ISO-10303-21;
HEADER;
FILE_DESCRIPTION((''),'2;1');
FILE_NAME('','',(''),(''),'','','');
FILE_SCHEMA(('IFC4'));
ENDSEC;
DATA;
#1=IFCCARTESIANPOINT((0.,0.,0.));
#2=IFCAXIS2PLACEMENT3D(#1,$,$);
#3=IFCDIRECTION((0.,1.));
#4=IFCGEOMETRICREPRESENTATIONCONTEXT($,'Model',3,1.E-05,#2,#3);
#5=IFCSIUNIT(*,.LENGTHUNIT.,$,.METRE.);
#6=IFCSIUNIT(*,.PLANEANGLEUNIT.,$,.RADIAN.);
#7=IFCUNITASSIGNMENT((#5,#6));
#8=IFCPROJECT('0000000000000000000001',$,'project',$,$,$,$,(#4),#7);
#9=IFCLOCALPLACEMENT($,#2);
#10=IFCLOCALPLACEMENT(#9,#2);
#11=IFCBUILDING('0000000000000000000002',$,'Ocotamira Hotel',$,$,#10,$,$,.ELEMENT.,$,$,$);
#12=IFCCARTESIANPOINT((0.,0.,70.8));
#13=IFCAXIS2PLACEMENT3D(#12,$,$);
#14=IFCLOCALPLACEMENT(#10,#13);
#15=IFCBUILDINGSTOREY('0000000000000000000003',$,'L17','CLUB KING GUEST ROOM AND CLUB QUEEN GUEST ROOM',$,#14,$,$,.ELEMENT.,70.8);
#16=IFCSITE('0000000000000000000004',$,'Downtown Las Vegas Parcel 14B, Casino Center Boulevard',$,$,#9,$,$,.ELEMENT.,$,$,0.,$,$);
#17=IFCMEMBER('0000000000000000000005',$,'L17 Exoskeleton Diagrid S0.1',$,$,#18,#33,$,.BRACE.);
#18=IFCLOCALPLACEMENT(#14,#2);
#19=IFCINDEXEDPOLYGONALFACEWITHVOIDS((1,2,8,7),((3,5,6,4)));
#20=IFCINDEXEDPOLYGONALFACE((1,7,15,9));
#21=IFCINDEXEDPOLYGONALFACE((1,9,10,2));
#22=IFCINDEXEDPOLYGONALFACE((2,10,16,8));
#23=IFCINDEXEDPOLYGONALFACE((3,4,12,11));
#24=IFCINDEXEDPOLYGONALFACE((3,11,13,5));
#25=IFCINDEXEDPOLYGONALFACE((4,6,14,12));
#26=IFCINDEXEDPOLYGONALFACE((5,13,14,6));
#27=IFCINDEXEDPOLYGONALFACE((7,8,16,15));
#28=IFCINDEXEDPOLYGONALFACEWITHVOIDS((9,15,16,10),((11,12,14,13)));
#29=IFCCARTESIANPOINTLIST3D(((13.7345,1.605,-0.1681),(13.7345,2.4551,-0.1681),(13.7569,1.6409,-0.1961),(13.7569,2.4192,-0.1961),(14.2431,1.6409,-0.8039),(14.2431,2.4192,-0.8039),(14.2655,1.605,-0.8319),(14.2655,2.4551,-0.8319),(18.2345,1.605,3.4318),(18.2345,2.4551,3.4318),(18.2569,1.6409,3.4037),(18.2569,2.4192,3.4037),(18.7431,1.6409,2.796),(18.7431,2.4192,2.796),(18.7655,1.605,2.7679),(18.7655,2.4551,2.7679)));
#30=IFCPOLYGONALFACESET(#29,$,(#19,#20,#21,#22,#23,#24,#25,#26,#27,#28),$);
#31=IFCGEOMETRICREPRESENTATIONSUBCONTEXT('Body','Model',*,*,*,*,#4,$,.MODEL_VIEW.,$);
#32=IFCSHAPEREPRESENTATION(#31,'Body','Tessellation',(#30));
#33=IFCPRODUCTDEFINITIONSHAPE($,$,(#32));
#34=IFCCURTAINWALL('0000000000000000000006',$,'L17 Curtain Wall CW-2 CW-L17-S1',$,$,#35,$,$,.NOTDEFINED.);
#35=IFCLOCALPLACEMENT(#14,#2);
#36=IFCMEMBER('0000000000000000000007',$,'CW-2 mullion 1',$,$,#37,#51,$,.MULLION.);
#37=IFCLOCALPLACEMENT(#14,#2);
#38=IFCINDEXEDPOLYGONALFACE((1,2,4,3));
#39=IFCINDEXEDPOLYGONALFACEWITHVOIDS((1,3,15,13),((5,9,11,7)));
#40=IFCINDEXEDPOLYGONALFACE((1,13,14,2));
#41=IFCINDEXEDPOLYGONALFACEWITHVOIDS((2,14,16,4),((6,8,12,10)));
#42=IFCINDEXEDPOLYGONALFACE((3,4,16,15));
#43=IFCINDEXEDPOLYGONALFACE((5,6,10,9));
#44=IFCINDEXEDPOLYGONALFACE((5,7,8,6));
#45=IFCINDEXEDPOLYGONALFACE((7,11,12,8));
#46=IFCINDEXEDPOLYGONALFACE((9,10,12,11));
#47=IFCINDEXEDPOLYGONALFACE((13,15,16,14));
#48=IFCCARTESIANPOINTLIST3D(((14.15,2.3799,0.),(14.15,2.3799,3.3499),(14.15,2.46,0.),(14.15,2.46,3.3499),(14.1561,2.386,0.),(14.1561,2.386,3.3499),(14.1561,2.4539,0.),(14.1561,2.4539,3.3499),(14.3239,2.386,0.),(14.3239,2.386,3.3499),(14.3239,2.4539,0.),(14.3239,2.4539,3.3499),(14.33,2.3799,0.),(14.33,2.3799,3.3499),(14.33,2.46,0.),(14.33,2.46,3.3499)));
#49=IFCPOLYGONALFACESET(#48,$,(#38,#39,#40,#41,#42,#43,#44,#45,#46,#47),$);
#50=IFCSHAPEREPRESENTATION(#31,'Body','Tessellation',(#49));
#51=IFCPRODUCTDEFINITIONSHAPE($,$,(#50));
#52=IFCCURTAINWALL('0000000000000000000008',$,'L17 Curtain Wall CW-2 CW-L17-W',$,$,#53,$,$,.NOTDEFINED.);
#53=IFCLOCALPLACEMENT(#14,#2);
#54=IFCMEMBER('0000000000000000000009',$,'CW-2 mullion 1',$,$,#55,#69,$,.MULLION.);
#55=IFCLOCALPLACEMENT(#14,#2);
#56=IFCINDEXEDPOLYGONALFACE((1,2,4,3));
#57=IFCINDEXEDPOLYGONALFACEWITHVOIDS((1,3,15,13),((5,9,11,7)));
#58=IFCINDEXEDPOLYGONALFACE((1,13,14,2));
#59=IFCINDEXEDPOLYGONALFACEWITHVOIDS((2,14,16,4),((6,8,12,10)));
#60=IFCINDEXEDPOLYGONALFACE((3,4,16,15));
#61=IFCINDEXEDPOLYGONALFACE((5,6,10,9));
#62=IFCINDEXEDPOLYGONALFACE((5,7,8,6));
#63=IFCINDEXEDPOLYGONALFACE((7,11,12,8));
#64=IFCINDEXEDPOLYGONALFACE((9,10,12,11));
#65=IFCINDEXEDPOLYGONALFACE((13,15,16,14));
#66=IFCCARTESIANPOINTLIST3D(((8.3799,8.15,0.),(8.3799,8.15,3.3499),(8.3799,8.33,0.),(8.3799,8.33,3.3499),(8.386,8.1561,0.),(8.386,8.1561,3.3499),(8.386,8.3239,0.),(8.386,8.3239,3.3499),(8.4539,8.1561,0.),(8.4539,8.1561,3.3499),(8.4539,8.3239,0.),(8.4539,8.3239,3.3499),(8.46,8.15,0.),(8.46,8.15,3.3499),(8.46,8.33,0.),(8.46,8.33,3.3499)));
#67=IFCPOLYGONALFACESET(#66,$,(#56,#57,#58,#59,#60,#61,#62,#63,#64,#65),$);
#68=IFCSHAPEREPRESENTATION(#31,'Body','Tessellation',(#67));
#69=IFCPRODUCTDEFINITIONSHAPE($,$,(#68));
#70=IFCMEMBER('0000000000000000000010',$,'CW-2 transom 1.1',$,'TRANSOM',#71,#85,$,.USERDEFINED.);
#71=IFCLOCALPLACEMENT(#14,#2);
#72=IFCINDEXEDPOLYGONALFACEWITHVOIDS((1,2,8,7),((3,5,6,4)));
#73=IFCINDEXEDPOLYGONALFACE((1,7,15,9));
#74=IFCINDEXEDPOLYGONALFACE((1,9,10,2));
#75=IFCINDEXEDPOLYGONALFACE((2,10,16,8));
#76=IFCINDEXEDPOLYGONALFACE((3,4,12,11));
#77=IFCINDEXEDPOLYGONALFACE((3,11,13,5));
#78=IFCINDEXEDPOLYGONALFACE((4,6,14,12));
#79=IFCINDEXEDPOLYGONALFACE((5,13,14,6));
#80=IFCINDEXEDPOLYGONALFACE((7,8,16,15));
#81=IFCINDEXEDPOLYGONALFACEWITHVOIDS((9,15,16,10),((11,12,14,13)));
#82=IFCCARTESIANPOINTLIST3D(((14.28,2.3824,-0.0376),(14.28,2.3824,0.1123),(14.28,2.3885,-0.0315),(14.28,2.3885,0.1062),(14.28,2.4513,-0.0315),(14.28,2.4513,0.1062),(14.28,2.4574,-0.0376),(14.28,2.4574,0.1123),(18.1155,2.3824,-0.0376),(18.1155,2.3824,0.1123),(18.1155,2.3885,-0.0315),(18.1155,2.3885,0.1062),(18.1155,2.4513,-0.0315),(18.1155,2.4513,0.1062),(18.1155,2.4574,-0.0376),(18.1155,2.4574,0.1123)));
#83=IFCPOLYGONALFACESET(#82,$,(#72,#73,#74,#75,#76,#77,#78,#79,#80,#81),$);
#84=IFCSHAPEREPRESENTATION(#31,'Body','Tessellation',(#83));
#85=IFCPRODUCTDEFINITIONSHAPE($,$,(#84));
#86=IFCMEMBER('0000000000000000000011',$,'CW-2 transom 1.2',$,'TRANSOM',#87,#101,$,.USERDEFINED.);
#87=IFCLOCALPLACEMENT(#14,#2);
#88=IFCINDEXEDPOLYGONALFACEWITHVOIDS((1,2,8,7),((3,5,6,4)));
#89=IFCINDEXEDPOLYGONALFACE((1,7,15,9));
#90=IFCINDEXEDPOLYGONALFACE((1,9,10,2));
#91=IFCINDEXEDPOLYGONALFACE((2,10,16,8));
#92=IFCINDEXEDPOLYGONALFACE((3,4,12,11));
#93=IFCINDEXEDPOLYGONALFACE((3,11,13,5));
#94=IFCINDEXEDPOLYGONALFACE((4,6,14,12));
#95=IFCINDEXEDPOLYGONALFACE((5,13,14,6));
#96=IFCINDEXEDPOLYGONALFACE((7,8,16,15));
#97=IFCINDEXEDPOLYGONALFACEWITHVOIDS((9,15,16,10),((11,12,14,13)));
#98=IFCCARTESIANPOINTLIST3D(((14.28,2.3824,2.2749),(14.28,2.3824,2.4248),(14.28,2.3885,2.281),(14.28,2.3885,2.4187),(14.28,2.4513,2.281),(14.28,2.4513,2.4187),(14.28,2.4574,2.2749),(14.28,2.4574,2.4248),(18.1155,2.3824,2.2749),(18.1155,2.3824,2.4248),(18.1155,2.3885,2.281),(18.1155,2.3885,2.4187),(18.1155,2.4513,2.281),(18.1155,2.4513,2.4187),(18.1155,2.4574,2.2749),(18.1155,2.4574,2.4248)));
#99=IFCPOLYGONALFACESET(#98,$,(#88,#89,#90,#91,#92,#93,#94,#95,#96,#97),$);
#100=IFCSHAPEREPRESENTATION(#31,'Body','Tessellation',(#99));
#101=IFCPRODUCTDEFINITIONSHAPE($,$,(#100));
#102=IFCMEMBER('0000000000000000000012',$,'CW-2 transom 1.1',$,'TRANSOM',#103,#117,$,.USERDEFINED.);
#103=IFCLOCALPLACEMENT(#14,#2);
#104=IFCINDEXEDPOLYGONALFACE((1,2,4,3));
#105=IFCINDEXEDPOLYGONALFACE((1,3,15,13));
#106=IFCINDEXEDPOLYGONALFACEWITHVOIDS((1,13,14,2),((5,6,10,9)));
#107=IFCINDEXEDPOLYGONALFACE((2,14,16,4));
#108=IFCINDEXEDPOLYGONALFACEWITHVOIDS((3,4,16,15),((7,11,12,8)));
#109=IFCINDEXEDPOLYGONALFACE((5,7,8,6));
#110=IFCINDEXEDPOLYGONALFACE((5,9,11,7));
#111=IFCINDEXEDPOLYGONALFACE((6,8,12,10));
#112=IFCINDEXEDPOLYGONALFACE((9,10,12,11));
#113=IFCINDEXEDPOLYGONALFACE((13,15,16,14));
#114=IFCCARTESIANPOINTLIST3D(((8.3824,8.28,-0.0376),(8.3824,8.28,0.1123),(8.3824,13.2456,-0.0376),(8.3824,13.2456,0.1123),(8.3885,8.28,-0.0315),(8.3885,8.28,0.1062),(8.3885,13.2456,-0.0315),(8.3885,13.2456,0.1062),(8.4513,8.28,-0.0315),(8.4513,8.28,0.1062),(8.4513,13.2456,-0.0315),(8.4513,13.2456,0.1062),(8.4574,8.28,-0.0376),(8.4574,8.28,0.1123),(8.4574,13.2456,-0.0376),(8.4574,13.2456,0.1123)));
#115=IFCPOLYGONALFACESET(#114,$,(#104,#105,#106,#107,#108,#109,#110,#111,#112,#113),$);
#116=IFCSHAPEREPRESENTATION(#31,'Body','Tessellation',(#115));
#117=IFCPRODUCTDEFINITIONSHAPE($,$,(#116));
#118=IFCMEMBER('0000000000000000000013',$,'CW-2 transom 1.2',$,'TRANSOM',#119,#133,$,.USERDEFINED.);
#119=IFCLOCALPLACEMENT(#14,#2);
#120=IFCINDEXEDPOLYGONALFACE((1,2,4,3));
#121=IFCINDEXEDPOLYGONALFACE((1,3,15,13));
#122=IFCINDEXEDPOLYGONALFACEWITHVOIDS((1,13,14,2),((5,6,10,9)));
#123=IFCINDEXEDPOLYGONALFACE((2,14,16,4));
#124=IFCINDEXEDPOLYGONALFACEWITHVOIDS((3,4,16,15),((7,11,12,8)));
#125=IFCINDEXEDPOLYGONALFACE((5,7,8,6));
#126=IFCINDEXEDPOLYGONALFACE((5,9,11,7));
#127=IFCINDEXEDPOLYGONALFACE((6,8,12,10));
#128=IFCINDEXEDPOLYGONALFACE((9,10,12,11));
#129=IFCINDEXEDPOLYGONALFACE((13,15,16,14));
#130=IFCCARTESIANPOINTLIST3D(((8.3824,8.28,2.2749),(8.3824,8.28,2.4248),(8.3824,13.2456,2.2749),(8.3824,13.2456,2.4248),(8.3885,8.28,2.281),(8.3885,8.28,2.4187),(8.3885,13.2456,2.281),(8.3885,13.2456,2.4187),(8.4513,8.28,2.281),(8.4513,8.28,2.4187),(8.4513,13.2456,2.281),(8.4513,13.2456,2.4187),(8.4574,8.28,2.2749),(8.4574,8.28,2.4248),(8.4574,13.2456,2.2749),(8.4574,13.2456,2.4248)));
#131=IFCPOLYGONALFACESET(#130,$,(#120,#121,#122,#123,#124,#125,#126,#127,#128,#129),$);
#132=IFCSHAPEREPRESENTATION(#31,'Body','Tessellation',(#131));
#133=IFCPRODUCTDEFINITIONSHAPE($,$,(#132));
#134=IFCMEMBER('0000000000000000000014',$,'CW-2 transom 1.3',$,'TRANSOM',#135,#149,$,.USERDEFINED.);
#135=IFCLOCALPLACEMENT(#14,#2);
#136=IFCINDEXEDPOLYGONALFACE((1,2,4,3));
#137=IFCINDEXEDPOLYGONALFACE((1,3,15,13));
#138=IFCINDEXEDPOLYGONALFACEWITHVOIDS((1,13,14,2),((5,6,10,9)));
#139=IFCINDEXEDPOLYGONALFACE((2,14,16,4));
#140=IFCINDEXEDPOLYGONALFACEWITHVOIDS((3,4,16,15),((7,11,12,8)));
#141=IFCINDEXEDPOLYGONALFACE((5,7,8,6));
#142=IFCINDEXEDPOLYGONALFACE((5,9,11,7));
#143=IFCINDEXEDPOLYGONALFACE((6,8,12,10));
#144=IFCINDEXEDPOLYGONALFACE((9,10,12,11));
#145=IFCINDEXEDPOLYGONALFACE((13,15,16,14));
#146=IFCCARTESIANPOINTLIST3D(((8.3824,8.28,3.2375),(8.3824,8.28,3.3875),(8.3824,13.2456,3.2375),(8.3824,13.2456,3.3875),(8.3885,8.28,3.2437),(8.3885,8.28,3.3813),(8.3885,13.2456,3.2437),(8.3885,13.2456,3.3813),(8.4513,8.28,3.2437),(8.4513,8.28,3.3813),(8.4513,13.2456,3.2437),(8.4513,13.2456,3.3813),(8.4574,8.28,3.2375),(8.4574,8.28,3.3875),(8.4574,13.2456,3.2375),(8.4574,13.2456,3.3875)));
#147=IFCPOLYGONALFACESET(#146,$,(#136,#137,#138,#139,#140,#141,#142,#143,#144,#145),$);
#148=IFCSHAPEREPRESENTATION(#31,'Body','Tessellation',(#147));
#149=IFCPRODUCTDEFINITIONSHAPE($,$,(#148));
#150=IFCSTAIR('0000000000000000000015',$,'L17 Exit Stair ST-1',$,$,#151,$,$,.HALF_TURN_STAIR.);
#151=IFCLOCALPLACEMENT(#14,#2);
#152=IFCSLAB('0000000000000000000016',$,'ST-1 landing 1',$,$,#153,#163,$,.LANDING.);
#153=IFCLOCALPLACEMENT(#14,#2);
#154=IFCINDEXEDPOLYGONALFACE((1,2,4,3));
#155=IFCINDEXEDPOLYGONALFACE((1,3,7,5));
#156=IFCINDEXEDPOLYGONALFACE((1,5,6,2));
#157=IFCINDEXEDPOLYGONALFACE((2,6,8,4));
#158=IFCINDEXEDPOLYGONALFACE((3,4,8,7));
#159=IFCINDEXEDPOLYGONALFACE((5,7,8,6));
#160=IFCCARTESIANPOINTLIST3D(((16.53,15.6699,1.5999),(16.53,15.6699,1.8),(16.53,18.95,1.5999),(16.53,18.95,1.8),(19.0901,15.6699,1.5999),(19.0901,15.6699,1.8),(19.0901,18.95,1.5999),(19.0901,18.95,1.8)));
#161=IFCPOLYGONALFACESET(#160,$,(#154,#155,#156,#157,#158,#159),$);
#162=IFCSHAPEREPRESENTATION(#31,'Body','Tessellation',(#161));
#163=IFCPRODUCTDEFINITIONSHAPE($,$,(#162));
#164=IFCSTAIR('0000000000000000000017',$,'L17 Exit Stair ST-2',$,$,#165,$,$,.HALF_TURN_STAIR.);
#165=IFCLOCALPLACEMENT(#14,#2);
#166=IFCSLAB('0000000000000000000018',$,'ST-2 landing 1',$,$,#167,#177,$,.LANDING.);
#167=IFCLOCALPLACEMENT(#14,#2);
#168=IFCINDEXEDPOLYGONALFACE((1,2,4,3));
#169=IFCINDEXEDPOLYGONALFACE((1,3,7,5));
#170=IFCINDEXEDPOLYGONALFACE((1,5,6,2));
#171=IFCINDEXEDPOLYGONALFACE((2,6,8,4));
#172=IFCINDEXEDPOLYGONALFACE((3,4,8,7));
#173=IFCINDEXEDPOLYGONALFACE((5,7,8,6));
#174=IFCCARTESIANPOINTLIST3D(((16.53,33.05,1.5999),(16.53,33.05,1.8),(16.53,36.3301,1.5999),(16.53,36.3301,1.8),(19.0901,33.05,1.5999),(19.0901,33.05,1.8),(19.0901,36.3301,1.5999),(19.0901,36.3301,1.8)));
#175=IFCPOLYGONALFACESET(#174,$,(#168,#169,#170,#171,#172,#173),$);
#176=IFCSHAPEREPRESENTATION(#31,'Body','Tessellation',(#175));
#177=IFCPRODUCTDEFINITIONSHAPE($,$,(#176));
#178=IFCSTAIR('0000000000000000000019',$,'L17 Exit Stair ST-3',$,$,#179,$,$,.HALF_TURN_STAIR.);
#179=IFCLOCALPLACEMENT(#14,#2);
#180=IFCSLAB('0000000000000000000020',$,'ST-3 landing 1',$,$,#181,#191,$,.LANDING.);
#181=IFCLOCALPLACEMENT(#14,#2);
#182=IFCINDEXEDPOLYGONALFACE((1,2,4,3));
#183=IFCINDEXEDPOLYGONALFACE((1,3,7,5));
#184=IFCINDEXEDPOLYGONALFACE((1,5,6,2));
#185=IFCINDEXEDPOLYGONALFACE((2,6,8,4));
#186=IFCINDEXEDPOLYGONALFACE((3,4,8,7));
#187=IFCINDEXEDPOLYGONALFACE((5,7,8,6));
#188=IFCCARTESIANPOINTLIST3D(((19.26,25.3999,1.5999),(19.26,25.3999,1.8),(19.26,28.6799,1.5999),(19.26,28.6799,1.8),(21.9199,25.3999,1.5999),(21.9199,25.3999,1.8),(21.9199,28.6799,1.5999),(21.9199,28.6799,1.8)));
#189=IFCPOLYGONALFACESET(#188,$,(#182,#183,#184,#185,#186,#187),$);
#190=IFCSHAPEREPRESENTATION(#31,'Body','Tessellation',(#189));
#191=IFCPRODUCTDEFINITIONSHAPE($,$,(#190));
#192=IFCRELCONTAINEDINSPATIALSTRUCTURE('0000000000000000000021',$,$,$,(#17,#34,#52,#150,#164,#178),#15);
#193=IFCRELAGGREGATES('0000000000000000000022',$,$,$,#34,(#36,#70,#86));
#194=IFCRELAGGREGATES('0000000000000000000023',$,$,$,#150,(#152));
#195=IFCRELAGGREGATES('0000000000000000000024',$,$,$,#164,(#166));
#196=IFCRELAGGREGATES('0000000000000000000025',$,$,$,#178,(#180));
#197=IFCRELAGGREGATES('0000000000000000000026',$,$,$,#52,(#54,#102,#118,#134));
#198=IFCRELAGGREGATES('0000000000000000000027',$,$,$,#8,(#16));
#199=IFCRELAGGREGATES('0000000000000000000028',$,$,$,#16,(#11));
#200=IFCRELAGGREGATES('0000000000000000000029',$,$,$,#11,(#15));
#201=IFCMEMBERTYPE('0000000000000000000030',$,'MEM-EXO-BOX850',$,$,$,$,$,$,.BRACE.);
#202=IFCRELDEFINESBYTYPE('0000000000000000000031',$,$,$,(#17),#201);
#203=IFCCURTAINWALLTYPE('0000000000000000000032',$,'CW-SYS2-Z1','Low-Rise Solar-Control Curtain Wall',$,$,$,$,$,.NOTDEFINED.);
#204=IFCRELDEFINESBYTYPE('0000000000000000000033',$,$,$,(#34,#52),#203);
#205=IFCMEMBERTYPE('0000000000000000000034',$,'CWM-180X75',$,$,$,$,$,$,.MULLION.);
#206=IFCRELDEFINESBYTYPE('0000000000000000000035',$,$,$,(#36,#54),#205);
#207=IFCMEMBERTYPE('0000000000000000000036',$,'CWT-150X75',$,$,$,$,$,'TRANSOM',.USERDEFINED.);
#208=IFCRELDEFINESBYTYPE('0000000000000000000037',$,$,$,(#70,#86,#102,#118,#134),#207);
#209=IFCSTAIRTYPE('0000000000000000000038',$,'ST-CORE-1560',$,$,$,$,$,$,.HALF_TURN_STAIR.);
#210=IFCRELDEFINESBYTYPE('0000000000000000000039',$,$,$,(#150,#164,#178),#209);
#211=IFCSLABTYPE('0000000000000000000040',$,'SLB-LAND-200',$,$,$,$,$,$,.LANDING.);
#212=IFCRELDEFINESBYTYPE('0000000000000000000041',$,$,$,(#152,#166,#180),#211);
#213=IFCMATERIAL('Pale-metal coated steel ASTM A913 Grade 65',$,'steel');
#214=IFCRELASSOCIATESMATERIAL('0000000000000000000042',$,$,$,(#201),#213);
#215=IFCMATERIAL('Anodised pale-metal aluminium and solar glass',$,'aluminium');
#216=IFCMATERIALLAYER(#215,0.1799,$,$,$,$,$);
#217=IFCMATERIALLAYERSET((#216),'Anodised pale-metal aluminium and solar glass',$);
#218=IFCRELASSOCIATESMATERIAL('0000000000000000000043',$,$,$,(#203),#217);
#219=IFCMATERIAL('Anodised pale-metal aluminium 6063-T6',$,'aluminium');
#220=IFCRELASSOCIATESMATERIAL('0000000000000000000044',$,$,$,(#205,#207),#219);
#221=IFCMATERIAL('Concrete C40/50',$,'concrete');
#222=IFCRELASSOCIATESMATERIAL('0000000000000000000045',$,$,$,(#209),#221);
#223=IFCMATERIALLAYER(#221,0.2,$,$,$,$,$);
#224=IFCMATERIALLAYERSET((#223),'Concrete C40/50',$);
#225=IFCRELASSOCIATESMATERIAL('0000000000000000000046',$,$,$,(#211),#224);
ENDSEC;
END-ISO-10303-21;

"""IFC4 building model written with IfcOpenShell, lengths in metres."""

from ifc_helpers import new_model, si_unit, direction, frame, origin, origin_2d, place, context, subcontext, project, spatial, polyline, hollow_rectangle, outline, extrude, source, transform, mapped, material, layer, layer_set, material_profile, profile_set, type_object, element, aggregate, save


model = new_model("IFC4")

# Units and contexts
model_context = context("Model", 3, precision=1e-05, world=origin(), true_north=direction((0.0, 1.0)))
body_context = subcontext(model_context, "Body", "Model", "MODEL_VIEW")
ifc_project = project(units=[si_unit("LENGTHUNIT", "METRE"), si_unit("PLANEANGLEUNIT", "RADIAN")], contexts=[model_context])

# Site, building, storey
site_placement = place(None, origin())
site = spatial("IfcSite", under=ifc_project, at=site_placement, Name="Downtown Las Vegas Parcel 14B, Casino Center Boulevard", CompositionType="ELEMENT", RefElevation=0.0)
building_placement = place(site_placement, origin())
building = spatial("IfcBuilding", under=site, at=building_placement, Name="Ocotamira Hotel", CompositionType="ELEMENT")
storey_placement = place(building_placement, frame((0.0, 0.0, 70.8)))
storey = spatial("IfcBuildingStorey", under=building, at=storey_placement, Name="L17", Description="CLUB KING GUEST ROOM AND CLUB QUEEN GUEST ROOM", CompositionType="ELEMENT", Elevation=70.8)

# Member
ifc_material_1 = material(Name="Pale-metal coated steel ASTM A913 Grade 65", Category="steel")
ifc_material_profile_1 = material_profile(ifc_material_1, hollow_rectangle(XDim=0.8501, YDim=0.8501, WallThickness=0.0359, at=origin_2d()), Name="BOX850X850X36")
ifc_profile_set_1 = profile_set([ifc_material_profile_1], Name="Pale-metal coated steel ASTM A913 Grade 65")
member_type_1 = type_object("IfcMemberType", Name="MEM-EXO-BOX850", PredefinedType="BRACE", material=ifc_profile_set_1)
shared_shape_1 = source(origin(), body_context, "Body", "SweptSolid", [
    extrude(hollow_rectangle(XDim=0.8501, YDim=0.8501, WallThickness=0.0359, at=origin_2d()), origin(), (0.0, 0.0, 1.0), 5.7627),
])
member_1_placement = place(storey_placement, frame((14.0, 2.03, -0.5), z_axis=(0.780881, 0.0, 0.62468), x_axis=(0.0, 1.0, 0.0)))
element("IfcMember", 1, at=member_1_placement, inside=storey, type_object=member_type_1, Name="L17 Exoskeleton Diagrid S0.1", PredefinedType="BRACE", context=body_context, shape_type="MappedRepresentation", body=[
    mapped(shared_shape_1, transform((0.0, 0.0, 0.0), scale=1.0)),
])

# Curtain walls, members
ifc_material_2 = material(Name="Anodised pale-metal aluminium and solar glass", Category="aluminium")
ifc_layer_1 = layer(ifc_material_2, 0.1799)
ifc_layer_set_1 = layer_set([ifc_layer_1], Name="Anodised pale-metal aluminium and solar glass")
curtain_wall_type = type_object("IfcCurtainWallType", Name="CW-SYS2-Z1", Description="Low-Rise Solar-Control Curtain Wall", PredefinedType="NOTDEFINED", material=ifc_layer_set_1)
curtain_wall_1_placement = place(storey_placement, origin())
curtain_wall_1 = element("IfcCurtainWall", 2, at=curtain_wall_1_placement, inside=storey, type_object=curtain_wall_type, Name="L17 Curtain Wall CW-2 CW-L17-S1", PredefinedType="NOTDEFINED")
ifc_material_3 = material(Name="Anodised pale-metal aluminium 6063-T6", Category="aluminium")
ifc_material_profile_2 = material_profile(ifc_material_3, hollow_rectangle(XDim=0.0801, YDim=0.1799, WallThickness=0.0061, at=origin_2d()), Name="HSS180X80X6")
ifc_profile_set_2 = profile_set([ifc_material_profile_2], Name="Anodised pale-metal aluminium 6063-T6")
member_type_2 = type_object("IfcMemberType", Name="CWM-180X75", PredefinedType="MULLION", material=ifc_profile_set_2)
shared_shape_2 = source(origin(), body_context, "Body", "SweptSolid", [
    extrude(hollow_rectangle(XDim=0.0801, YDim=0.1799, WallThickness=0.0061, at=origin_2d()), origin(), (0.0, 0.0, 1.0), 3.3499),
])
member_2_placement = place(storey_placement, frame((14.24, 2.4199, 0.0), z_axis=(0.0, 0.0, 1.0), x_axis=(0.0, 1.0, 0.0)))
member_2 = element("IfcMember", 3, at=member_2_placement, type_object=member_type_2, Name="CW-2 mullion 1", PredefinedType="MULLION", context=body_context, shape_type="MappedRepresentation", body=[
    mapped(shared_shape_2, transform((0.0, 0.0, 0.0), scale=1.0)),
])
curtain_wall_2_placement = place(storey_placement, origin())
curtain_wall_2 = element("IfcCurtainWall", 4, at=curtain_wall_2_placement, inside=storey, type_object=curtain_wall_type, Name="L17 Curtain Wall CW-2 CW-L17-W", PredefinedType="NOTDEFINED")
member_3_placement = place(storey_placement, frame((8.4199, 8.24, 0.0), z_axis=(0.0, 0.0, 1.0), x_axis=(-1.0, 0.0, 0.0)))
member_3 = element("IfcMember", 5, at=member_3_placement, type_object=member_type_2, Name="CW-2 mullion 1", PredefinedType="MULLION", context=body_context, shape_type="MappedRepresentation", body=[
    mapped(shared_shape_2, transform((0.0, 0.0, 0.0), scale=1.0)),
])

# Members
ifc_material_profile_3 = material_profile(ifc_material_3, hollow_rectangle(XDim=0.075, YDim=0.1499, WallThickness=0.0061, at=origin_2d()), Name="HSS150X75X6")
ifc_profile_set_3 = profile_set([ifc_material_profile_3], Name="Anodised pale-metal aluminium 6063-T6")
member_type_3 = type_object("IfcMemberType", Name="CWT-150X75", ElementType="TRANSOM", PredefinedType="USERDEFINED", material=ifc_profile_set_3)
shared_shape_3 = source(origin(), body_context, "Body", "SweptSolid", [
    extrude(hollow_rectangle(XDim=0.075, YDim=0.1499, WallThickness=0.0061, at=origin_2d()), origin(), (0.0, 0.0, 1.0), 3.8354),
])
member_4_placement = place(storey_placement, frame((14.28, 2.4199, 0.0374), z_axis=(1.0, 0.0, 0.0), x_axis=(0.0, 1.0, 0.0)))
member_4 = element("IfcMember", 6, at=member_4_placement, type_object=member_type_3, Name="CW-2 transom 1.1", ObjectType="TRANSOM", PredefinedType="USERDEFINED", context=body_context, shape_type="MappedRepresentation", body=[
    mapped(shared_shape_3, transform((0.0, 0.0, 0.0), scale=1.0)),
])
member_5_placement = place(storey_placement, frame((14.28, 2.4199, 2.3499), z_axis=(1.0, 0.0, 0.0), x_axis=(0.0, 1.0, 0.0)))
member_5 = element("IfcMember", 7, at=member_5_placement, type_object=member_type_3, Name="CW-2 transom 1.2", ObjectType="TRANSOM", PredefinedType="USERDEFINED", context=body_context, shape_type="MappedRepresentation", body=[
    mapped(shared_shape_3, transform((0.0, 0.0, 0.0), scale=1.0)),
])
aggregate(curtain_wall_1, [member_2, member_4, member_5])
shared_shape_4 = source(origin(), body_context, "Body", "SweptSolid", [
    extrude(hollow_rectangle(XDim=0.075, YDim=0.1499, WallThickness=0.0061, at=origin_2d()), origin(), (0.0, 0.0, 1.0), 4.9656),
])
member_6_placement = place(storey_placement, frame((8.4199, 8.28, 0.0374), z_axis=(0.0, 1.0, 0.0), x_axis=(-1.0, 0.0, 0.0)))
member_6 = element("IfcMember", 8, at=member_6_placement, type_object=member_type_3, Name="CW-2 transom 1.1", ObjectType="TRANSOM", PredefinedType="USERDEFINED", context=body_context, shape_type="MappedRepresentation", body=[
    mapped(shared_shape_4, transform((0.0, 0.0, 0.0), scale=1.0)),
])
member_7_placement = place(storey_placement, frame((8.4199, 8.28, 2.3499), z_axis=(0.0, 1.0, 0.0), x_axis=(-1.0, 0.0, 0.0)))
member_7 = element("IfcMember", 9, at=member_7_placement, type_object=member_type_3, Name="CW-2 transom 1.2", ObjectType="TRANSOM", PredefinedType="USERDEFINED", context=body_context, shape_type="MappedRepresentation", body=[
    mapped(shared_shape_4, transform((0.0, 0.0, 0.0), scale=1.0)),
])
member_8_placement = place(storey_placement, frame((8.4199, 8.28, 3.3125), z_axis=(0.0, 1.0, 0.0), x_axis=(-1.0, 0.0, 0.0)))
member_8 = element("IfcMember", 10, at=member_8_placement, type_object=member_type_3, Name="CW-2 transom 1.3", ObjectType="TRANSOM", PredefinedType="USERDEFINED", context=body_context, shape_type="MappedRepresentation", body=[
    mapped(shared_shape_4, transform((0.0, 0.0, 0.0), scale=1.0)),
])

# Stairs, slabs
ifc_material_4 = material(Name="Concrete C40/50", Category="concrete")
stair_type = type_object("IfcStairType", Name="ST-CORE-1560", PredefinedType="HALF_TURN_STAIR", material=ifc_material_4)
stair_1_placement = place(storey_placement, origin())
stair_1 = element("IfcStair", 11, at=stair_1_placement, inside=storey, type_object=stair_type, Name="L17 Exit Stair ST-1", PredefinedType="HALF_TURN_STAIR")
ifc_layer_2 = layer(ifc_material_4, 0.2)
ifc_layer_set_2 = layer_set([ifc_layer_2], Name="Concrete C40/50")
slab_type_1 = type_object("IfcSlabType", Name="SLB-LAND-200", PredefinedType="LANDING", material=ifc_layer_set_2)
slab_1_placement = place(storey_placement, frame((0.0, 0.0, 1.5999)))
slab_1 = element("IfcSlab", 12, at=slab_1_placement, type_object=slab_type_1, Name="ST-1 landing 1", PredefinedType="LANDING", context=body_context, shape_type="SweptSolid", body=[
    extrude(outline(polyline([(16.53, 15.6699), (19.0901, 15.6699), (19.0901, 18.95), (16.53, 18.95), (16.53, 15.6699)])), origin(), (0.0, 0.0, 1.0), 0.2002),
])
aggregate(stair_1, [slab_1])
stair_2_placement = place(storey_placement, origin())
stair_2 = element("IfcStair", 13, at=stair_2_placement, inside=storey, type_object=stair_type, Name="L17 Exit Stair ST-2", PredefinedType="HALF_TURN_STAIR")
slab_2_placement = place(storey_placement, frame((0.0, 0.0, 1.5999)))
slab_2 = element("IfcSlab", 14, at=slab_2_placement, type_object=slab_type_1, Name="ST-2 landing 1", PredefinedType="LANDING", context=body_context, shape_type="SweptSolid", body=[
    extrude(outline(polyline([(16.53, 33.05), (19.0901, 33.05), (19.0901, 36.3301), (16.53, 36.3301), (16.53, 33.05)])), origin(), (0.0, 0.0, 1.0), 0.2002),
])
aggregate(stair_2, [slab_2])
stair_3_placement = place(storey_placement, origin())
stair_3 = element("IfcStair", 15, at=stair_3_placement, inside=storey, type_object=stair_type, Name="L17 Exit Stair ST-3", PredefinedType="HALF_TURN_STAIR")
slab_3_placement = place(storey_placement, frame((0.0, 0.0, 1.5999)))
slab_3 = element("IfcSlab", 16, at=slab_3_placement, type_object=slab_type_1, Name="ST-3 landing 1", PredefinedType="LANDING", context=body_context, shape_type="SweptSolid", body=[
    extrude(outline(polyline([(19.26, 25.3999), (21.9199, 25.3999), (21.9199, 28.6799), (19.26, 28.6799), (19.26, 25.3999)])), origin(), (0.0, 0.0, 1.0), 0.2002),
])
aggregate(stair_3, [slab_3])

aggregate(curtain_wall_2, [member_3, member_6, member_7, member_8])

save(model, "model.ifc")
